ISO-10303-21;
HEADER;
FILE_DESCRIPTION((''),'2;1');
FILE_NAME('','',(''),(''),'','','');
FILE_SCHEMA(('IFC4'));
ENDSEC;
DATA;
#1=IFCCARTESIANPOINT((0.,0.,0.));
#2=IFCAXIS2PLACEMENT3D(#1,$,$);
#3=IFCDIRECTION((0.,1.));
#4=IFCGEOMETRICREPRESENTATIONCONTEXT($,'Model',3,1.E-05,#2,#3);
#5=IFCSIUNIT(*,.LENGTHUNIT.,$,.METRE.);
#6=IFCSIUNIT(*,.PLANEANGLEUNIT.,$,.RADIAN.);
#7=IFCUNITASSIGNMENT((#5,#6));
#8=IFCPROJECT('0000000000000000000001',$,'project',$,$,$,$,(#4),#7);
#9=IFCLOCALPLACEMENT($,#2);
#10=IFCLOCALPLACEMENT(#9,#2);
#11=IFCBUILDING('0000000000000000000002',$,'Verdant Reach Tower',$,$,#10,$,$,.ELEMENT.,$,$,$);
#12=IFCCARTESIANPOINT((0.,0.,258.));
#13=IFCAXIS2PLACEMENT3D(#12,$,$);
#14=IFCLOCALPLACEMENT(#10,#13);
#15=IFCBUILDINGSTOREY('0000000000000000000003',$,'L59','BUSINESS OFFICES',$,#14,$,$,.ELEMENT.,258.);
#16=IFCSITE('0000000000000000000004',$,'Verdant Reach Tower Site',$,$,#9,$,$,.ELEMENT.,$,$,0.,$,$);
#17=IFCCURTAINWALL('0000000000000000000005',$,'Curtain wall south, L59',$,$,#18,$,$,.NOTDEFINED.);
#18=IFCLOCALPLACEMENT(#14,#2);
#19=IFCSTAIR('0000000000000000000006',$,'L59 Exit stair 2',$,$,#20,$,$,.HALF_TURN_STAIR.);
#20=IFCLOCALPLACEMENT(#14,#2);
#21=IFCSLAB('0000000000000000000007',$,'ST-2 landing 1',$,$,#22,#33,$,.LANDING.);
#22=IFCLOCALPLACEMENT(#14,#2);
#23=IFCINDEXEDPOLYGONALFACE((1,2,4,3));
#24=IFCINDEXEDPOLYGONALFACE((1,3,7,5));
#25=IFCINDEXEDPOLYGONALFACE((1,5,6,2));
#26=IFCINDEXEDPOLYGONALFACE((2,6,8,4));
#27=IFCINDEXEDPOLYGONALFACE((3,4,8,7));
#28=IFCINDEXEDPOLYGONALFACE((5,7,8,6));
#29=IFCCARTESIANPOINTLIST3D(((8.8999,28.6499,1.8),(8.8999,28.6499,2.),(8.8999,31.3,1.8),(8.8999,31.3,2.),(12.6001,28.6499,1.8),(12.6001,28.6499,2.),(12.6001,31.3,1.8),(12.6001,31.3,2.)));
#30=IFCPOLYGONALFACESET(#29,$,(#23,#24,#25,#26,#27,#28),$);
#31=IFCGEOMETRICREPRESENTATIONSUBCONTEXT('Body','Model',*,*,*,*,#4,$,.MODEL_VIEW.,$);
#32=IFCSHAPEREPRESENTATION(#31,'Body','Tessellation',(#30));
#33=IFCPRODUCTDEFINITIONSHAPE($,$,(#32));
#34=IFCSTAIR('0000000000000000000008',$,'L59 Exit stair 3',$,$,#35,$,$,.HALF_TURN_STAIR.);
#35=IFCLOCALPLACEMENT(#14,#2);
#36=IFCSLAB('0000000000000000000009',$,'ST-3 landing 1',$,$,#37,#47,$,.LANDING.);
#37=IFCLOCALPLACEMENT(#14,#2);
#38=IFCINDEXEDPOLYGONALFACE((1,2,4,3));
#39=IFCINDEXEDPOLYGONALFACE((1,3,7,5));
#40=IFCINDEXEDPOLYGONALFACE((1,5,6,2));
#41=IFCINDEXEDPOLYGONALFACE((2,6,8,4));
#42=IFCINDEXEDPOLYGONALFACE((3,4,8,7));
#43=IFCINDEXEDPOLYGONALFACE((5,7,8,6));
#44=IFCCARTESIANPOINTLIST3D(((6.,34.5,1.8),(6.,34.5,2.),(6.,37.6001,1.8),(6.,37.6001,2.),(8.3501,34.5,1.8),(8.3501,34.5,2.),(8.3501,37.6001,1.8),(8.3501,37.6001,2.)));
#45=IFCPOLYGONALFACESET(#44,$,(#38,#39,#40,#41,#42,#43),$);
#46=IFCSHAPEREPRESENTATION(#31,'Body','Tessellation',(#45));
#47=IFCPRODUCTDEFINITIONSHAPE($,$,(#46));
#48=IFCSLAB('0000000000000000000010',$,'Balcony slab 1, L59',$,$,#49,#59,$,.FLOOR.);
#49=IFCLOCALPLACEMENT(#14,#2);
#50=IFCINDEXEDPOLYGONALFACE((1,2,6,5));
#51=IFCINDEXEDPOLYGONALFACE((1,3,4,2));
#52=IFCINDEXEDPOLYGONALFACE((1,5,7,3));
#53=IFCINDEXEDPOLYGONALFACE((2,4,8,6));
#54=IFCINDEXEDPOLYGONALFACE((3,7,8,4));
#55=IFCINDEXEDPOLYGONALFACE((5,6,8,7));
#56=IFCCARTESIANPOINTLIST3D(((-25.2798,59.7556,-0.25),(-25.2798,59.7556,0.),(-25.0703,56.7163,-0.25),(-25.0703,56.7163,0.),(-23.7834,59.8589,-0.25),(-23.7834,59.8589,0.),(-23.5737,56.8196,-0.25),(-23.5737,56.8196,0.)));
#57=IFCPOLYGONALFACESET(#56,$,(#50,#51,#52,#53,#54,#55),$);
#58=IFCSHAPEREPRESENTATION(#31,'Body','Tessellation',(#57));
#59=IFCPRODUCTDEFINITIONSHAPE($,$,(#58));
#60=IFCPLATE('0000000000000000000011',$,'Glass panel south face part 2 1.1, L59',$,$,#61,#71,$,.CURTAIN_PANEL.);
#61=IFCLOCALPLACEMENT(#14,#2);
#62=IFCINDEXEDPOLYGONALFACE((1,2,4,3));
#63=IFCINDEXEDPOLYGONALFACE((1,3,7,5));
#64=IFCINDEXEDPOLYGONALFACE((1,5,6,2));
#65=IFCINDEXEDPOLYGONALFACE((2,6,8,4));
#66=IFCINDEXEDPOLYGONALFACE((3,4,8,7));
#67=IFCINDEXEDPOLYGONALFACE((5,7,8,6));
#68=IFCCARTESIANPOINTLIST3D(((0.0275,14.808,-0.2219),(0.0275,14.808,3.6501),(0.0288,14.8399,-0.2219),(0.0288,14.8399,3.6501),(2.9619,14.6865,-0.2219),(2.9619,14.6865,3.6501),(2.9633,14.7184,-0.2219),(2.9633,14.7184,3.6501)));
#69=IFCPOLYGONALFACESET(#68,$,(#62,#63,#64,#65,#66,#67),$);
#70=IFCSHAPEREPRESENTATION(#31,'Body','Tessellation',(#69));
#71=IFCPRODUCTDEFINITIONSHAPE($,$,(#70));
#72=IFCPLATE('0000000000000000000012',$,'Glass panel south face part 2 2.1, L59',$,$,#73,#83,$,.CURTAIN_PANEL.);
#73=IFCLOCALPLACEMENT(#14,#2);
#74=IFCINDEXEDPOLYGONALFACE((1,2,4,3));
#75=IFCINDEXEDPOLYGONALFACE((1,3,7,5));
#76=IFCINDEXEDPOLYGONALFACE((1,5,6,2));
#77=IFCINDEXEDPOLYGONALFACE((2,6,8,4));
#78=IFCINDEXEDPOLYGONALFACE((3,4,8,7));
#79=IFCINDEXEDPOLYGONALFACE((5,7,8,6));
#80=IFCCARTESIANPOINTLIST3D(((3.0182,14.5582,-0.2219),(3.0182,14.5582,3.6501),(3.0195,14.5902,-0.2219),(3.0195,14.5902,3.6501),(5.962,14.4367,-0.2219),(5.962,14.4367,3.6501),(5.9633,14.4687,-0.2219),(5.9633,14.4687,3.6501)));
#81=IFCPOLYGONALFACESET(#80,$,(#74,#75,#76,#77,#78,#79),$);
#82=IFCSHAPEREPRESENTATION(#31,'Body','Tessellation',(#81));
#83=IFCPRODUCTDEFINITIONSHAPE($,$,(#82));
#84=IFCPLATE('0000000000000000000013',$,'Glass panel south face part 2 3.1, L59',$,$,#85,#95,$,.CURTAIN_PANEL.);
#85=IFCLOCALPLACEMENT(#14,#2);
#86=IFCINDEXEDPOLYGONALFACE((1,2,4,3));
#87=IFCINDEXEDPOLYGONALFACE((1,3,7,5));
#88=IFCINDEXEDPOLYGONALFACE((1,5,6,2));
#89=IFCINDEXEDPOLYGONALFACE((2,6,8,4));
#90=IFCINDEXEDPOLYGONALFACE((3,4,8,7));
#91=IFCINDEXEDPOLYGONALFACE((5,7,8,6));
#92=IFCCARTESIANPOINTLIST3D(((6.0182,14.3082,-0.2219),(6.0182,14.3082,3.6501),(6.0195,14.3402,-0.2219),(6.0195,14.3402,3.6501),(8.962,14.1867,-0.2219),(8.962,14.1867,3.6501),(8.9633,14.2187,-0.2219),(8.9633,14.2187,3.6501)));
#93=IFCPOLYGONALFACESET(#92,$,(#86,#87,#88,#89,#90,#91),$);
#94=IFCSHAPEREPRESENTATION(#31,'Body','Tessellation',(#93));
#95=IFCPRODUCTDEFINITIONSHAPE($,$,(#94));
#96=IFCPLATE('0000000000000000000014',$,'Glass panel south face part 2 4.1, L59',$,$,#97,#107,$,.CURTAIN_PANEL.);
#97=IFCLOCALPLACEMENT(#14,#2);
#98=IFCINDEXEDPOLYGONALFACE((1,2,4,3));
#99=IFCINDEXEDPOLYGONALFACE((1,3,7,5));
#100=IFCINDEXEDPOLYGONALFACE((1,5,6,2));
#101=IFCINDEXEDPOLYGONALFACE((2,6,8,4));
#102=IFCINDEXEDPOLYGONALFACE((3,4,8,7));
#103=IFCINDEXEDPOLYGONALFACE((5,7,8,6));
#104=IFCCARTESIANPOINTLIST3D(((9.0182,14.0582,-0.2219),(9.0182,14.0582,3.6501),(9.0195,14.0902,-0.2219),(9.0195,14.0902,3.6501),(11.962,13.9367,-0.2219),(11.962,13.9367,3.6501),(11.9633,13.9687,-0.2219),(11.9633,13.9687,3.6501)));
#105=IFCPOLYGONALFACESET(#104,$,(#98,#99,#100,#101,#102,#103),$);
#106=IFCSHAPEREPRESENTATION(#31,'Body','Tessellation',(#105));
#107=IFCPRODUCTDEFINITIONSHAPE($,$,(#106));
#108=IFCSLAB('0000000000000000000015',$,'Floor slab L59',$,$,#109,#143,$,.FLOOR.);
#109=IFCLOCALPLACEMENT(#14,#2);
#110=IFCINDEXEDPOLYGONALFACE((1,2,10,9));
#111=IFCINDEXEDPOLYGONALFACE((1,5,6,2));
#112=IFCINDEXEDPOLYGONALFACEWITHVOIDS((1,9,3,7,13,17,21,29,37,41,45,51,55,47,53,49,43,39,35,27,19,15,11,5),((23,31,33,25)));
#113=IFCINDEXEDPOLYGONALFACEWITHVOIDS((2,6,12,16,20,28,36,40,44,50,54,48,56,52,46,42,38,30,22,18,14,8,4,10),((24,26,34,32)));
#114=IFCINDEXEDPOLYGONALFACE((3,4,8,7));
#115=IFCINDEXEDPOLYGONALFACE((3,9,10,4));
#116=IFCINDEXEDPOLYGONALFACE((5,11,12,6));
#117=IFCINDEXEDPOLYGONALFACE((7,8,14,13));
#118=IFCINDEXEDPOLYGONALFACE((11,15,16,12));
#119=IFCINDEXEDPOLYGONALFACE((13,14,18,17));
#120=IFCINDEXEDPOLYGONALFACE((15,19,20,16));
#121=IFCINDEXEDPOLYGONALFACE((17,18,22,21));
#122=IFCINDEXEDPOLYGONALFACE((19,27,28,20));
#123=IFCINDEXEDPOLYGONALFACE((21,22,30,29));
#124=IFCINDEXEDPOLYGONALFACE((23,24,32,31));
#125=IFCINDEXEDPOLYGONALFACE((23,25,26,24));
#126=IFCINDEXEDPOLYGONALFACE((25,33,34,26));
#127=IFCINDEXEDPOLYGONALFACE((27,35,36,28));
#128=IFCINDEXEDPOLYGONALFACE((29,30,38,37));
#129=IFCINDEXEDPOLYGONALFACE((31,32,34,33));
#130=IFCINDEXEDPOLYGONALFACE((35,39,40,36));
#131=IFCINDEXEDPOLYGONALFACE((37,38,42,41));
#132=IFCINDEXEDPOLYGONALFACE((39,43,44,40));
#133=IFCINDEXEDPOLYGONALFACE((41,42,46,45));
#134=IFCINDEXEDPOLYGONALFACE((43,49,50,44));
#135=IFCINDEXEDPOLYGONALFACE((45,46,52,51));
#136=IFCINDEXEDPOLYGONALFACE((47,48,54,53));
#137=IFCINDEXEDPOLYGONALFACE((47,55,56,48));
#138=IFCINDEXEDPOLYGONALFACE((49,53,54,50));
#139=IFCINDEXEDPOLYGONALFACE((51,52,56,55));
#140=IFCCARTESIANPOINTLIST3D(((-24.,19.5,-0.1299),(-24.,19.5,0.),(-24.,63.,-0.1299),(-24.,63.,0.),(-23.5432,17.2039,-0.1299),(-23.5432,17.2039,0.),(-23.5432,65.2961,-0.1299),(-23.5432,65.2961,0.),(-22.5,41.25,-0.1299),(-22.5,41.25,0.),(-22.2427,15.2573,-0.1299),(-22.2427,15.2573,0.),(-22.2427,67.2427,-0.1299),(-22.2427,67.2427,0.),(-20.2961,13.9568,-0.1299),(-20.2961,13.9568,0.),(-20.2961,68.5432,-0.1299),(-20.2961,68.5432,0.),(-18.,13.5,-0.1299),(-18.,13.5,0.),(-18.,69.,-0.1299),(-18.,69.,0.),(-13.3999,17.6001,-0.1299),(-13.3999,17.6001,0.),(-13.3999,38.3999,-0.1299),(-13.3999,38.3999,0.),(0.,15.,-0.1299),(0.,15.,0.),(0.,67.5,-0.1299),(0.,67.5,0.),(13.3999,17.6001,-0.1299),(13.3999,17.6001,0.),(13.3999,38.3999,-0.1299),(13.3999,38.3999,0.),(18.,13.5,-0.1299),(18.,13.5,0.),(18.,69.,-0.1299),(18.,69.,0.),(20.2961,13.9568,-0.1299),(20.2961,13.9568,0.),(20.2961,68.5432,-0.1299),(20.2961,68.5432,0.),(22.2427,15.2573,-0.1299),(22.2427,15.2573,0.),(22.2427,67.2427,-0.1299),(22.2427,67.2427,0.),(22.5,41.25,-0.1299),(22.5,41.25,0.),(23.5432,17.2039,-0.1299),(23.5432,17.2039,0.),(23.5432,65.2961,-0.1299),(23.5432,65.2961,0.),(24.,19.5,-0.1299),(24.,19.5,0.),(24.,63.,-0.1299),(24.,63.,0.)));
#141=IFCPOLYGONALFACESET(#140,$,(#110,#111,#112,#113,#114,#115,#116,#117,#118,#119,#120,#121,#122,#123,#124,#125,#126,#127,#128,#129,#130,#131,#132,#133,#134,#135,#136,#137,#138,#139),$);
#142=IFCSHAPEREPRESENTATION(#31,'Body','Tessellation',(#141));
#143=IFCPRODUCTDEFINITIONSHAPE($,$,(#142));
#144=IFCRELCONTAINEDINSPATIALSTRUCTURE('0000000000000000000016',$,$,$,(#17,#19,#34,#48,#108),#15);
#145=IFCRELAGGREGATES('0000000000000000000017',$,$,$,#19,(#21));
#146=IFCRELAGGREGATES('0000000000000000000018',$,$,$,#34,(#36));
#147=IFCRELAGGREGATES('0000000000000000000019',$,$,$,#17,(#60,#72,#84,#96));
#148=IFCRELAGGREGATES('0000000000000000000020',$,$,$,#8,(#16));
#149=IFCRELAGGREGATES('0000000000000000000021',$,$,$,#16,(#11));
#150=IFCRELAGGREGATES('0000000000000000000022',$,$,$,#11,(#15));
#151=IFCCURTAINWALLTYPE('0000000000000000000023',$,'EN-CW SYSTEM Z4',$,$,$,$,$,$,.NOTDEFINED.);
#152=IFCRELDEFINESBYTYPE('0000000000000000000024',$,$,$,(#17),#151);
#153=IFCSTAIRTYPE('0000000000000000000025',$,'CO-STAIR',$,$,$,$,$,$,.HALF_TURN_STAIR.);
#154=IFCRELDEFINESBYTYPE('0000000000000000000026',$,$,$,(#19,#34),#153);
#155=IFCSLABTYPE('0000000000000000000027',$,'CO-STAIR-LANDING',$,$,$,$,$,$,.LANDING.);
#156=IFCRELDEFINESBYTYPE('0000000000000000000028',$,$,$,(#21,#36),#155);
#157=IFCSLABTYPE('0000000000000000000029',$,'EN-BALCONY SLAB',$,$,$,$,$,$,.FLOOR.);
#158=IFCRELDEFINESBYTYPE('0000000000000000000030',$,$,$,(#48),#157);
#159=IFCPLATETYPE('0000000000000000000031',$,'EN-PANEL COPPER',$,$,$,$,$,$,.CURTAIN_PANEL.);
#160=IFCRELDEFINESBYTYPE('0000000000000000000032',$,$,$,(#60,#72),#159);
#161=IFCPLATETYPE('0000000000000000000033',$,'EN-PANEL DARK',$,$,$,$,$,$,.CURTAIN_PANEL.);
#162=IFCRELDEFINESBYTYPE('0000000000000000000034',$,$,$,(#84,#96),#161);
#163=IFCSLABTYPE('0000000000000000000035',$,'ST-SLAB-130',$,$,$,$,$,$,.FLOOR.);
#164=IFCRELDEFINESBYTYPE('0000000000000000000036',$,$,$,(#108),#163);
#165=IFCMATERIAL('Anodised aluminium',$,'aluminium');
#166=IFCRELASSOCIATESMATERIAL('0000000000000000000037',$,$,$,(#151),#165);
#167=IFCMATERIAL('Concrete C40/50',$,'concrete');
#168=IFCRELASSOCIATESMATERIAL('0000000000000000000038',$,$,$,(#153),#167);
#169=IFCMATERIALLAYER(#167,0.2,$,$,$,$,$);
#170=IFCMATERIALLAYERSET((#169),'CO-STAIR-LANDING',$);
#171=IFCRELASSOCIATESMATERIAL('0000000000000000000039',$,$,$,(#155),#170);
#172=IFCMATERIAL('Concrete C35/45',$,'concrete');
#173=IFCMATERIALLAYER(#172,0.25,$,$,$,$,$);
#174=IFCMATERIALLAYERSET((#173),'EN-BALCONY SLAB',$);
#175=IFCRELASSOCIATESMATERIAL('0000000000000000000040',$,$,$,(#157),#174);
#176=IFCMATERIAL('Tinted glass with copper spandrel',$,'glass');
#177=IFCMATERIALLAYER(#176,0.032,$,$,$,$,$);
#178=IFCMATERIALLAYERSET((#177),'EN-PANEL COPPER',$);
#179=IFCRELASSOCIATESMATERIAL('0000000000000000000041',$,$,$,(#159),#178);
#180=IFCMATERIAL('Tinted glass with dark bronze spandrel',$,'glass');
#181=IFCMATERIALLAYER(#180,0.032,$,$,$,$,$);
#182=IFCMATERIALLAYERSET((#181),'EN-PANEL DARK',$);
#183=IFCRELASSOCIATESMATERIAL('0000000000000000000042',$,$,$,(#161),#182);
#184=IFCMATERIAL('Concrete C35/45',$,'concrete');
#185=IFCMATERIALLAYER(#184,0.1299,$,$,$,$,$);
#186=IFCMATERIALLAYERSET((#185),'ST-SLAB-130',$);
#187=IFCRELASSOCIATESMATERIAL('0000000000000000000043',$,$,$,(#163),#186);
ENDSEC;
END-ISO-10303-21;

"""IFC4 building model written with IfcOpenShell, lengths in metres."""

from ifc_helpers import new_model, si_unit, direction, frame, origin, origin_2d, place, context, subcontext, project, spatial, polyline, rectangle, outline, extrude, material, layer, layer_set, type_object, element, aggregate, save


model = new_model("IFC4")

# Units and contexts
model_context = context("Model", 3, precision=1e-05, world=origin(), true_north=direction((0.0, 1.0)))
body_context = subcontext(model_context, "Body", "Model", "MODEL_VIEW")
ifc_project = project(units=[si_unit("LENGTHUNIT", "METRE"), si_unit("PLANEANGLEUNIT", "RADIAN")], contexts=[model_context])

# Site, building, storey
site_placement = place(None, origin())
site = spatial("IfcSite", under=ifc_project, at=site_placement, Name="Verdant Reach Tower Site", CompositionType="ELEMENT", RefElevation=0.0)
building_placement = place(site_placement, origin())
building = spatial("IfcBuilding", under=site, at=building_placement, Name="Verdant Reach Tower", CompositionType="ELEMENT")
storey_placement = place(building_placement, frame((0.0, 0.0, 258.0)))
storey = spatial("IfcBuildingStorey", under=building, at=storey_placement, Name="L59", Description="BUSINESS OFFICES", CompositionType="ELEMENT", Elevation=258.0)

# Curtain wall
ifc_material_1 = material(Name="Anodised aluminium", Category="aluminium")
curtain_wall_type = type_object("IfcCurtainWallType", Name="EN-CW SYSTEM Z4", PredefinedType="NOTDEFINED", material=ifc_material_1)
curtain_wall_placement = place(storey_placement, origin())
curtain_wall = element("IfcCurtainWall", 1, at=curtain_wall_placement, inside=storey, type_object=curtain_wall_type, Name="Curtain wall south, L59", PredefinedType="NOTDEFINED")

# Stairs, slabs
ifc_material_2 = material(Name="Concrete C40/50", Category="concrete")
stair_type = type_object("IfcStairType", Name="CO-STAIR", PredefinedType="HALF_TURN_STAIR", material=ifc_material_2)
ifc_layer_1 = layer(ifc_material_2, 0.2)
ifc_layer_set_1 = layer_set([ifc_layer_1], Name="CO-STAIR-LANDING")
slab_type_1 = type_object("IfcSlabType", Name="CO-STAIR-LANDING", PredefinedType="LANDING", material=ifc_layer_set_1)
stair_1_placement = place(storey_placement, origin())
stair_1 = element("IfcStair", 2, at=stair_1_placement, inside=storey, type_object=stair_type, Name="L59 Exit stair 2", PredefinedType="HALF_TURN_STAIR")
slab_1_placement = place(storey_placement, frame((0.0, 0.0, 1.8)))
slab_1 = element("IfcSlab", 3, at=slab_1_placement, type_object=slab_type_1, Name="ST-2 landing 1", PredefinedType="LANDING", context=body_context, shape_type="SweptSolid", body=[
    extrude(outline(polyline([(12.6001, 28.6499), (12.6001, 31.3), (8.8999, 31.3), (8.8999, 28.6499), (12.6001, 28.6499)])), origin(), (0.0, 0.0, 1.0), 0.2),
])
aggregate(stair_1, [slab_1])
stair_2_placement = place(storey_placement, origin())
stair_2 = element("IfcStair", 4, at=stair_2_placement, inside=storey, type_object=stair_type, Name="L59 Exit stair 3", PredefinedType="HALF_TURN_STAIR")
slab_2_placement = place(storey_placement, frame((0.0, 0.0, 1.8)))
slab_2 = element("IfcSlab", 5, at=slab_2_placement, type_object=slab_type_1, Name="ST-3 landing 1", PredefinedType="LANDING", context=body_context, shape_type="SweptSolid", body=[
    extrude(outline(polyline([(8.3501, 37.6001), (6.0, 37.6001), (6.0, 34.5), (8.3501, 34.5), (8.3501, 37.6001)])), origin(), (0.0, 0.0, 1.0), 0.2),
])
aggregate(stair_2, [slab_2])

# Slab
ifc_material_3 = material(Name="Concrete C35/45", Category="concrete")
ifc_layer_2 = layer(ifc_material_3, 0.25)
ifc_layer_set_2 = layer_set([ifc_layer_2], Name="EN-BALCONY SLAB")
slab_type_2 = type_object("IfcSlabType", Name="EN-BALCONY SLAB", PredefinedType="FLOOR", material=ifc_layer_set_2)
slab_3_placement = place(storey_placement, frame((0.0, 0.0, -0.25)))
element("IfcSlab", 6, at=slab_3_placement, inside=storey, type_object=slab_type_2, Name="Balcony slab 1, L59", PredefinedType="FLOOR", context=body_context, shape_type="SweptSolid", body=[
    extrude(outline(polyline([(-23.7834, 59.8589), (-23.5737, 56.8196), (-25.0703, 56.7163), (-25.2798, 59.7556), (-23.7834, 59.8589)])), origin(), (0.0, 0.0, 1.0), 0.25),
])

# Plates
ifc_material_4 = material(Name="Tinted glass with copper spandrel", Category="glass")
ifc_layer_3 = layer(ifc_material_4, 0.032)
ifc_layer_set_3 = layer_set([ifc_layer_3], Name="EN-PANEL COPPER")
plate_type_1 = type_object("IfcPlateType", Name="EN-PANEL COPPER", PredefinedType="CURTAIN_PANEL", material=ifc_layer_set_3)
plate_1_placement = place(storey_placement, frame((1.4954, 14.7632, -0.2219), z_axis=(0.0, 0.0, 1.0), x_axis=(0.999144, -0.04137, 0.0)))
plate_1 = element("IfcPlate", 7, at=plate_1_placement, type_object=plate_type_1, Name="Glass panel south face part 2 1.1, L59", PredefinedType="CURTAIN_PANEL", context=body_context, shape_type="SweptSolid", body=[
    extrude(rectangle(XDim=2.937, YDim=0.032, at=origin_2d()), origin(), (0.0, 0.0, 1.0), 3.8721),
])
plate_2_placement = place(storey_placement, frame((4.4907, 14.5134, -0.2219), z_axis=(0.0, 0.0, 1.0), x_axis=(0.999149, -0.041242, 0.0)))
plate_2 = element("IfcPlate", 8, at=plate_2_placement, type_object=plate_type_1, Name="Glass panel south face part 2 2.1, L59", PredefinedType="CURTAIN_PANEL", context=body_context, shape_type="SweptSolid", body=[
    extrude(rectangle(XDim=2.9463, YDim=0.032, at=origin_2d()), origin(), (0.0, 0.0, 1.0), 3.8721),
])
ifc_material_5 = material(Name="Tinted glass with dark bronze spandrel", Category="glass")
ifc_layer_4 = layer(ifc_material_5, 0.032)
ifc_layer_set_4 = layer_set([ifc_layer_4], Name="EN-PANEL DARK")
plate_type_2 = type_object("IfcPlateType", Name="EN-PANEL DARK", PredefinedType="CURTAIN_PANEL", material=ifc_layer_set_4)
plate_3_placement = place(storey_placement, frame((7.4907, 14.2634, -0.2219), z_axis=(0.0, 0.0, 1.0), x_axis=(0.999149, -0.041242, 0.0)))
plate_3 = element("IfcPlate", 9, at=plate_3_placement, type_object=plate_type_2, Name="Glass panel south face part 2 3.1, L59", PredefinedType="CURTAIN_PANEL", context=body_context, shape_type="SweptSolid", body=[
    extrude(rectangle(XDim=2.9463, YDim=0.032, at=origin_2d()), origin(), (0.0, 0.0, 1.0), 3.8721),
])
plate_4_placement = place(storey_placement, frame((10.4907, 14.0134, -0.2219), z_axis=(0.0, 0.0, 1.0), x_axis=(0.999149, -0.041242, 0.0)))
plate_4 = element("IfcPlate", 10, at=plate_4_placement, type_object=plate_type_2, Name="Glass panel south face part 2 4.1, L59", PredefinedType="CURTAIN_PANEL", context=body_context, shape_type="SweptSolid", body=[
    extrude(rectangle(XDim=2.9463, YDim=0.032, at=origin_2d()), origin(), (0.0, 0.0, 1.0), 3.8721),
])
aggregate(curtain_wall, [plate_1, plate_2, plate_3, plate_4])

# Slab
ifc_material_6 = material(Name="Concrete C35/45", Category="concrete")
ifc_layer_5 = layer(ifc_material_6, 0.1299)
ifc_layer_set_5 = layer_set([ifc_layer_5], Name="ST-SLAB-130")
slab_type_3 = type_object("IfcSlabType", Name="ST-SLAB-130", PredefinedType="FLOOR", material=ifc_layer_set_5)
slab_4_placement = place(storey_placement, frame((0.0, 0.0, -0.1299)))
element("IfcSlab", 11, at=slab_4_placement, inside=storey, type_object=slab_type_3, Name="Floor slab L59", PredefinedType="FLOOR", context=body_context, shape_type="SweptSolid", body=[
    extrude(outline(polyline([(0.0, 15.0), (-18.0, 13.5), (-20.2961, 13.9568), (-22.2427, 15.2573), (-23.5432, 17.2039), (-24.0, 19.5), (-22.5, 41.25), (-24.0, 63.0), (-23.5432, 65.2961), (-22.2427, 67.2427), (-20.2961, 68.5432), (-18.0, 69.0), (0.0, 67.5), (18.0, 69.0), (20.2961, 68.5432), (22.2427, 67.2427), (23.5432, 65.2961), (24.0, 63.0), (22.5, 41.25), (24.0, 19.5), (23.5432, 17.2039), (22.2427, 15.2573), (20.2961, 13.9568), (18.0, 13.5), (0.0, 15.0)]), holes=[polyline([(13.3999, 38.3999), (-13.3999, 38.3999), (-13.3999, 17.6001), (13.3999, 17.6001), (13.3999, 38.3999)])]), origin(), (0.0, 0.0, 1.0), 0.1299),
])

save(model, "model.ifc")
